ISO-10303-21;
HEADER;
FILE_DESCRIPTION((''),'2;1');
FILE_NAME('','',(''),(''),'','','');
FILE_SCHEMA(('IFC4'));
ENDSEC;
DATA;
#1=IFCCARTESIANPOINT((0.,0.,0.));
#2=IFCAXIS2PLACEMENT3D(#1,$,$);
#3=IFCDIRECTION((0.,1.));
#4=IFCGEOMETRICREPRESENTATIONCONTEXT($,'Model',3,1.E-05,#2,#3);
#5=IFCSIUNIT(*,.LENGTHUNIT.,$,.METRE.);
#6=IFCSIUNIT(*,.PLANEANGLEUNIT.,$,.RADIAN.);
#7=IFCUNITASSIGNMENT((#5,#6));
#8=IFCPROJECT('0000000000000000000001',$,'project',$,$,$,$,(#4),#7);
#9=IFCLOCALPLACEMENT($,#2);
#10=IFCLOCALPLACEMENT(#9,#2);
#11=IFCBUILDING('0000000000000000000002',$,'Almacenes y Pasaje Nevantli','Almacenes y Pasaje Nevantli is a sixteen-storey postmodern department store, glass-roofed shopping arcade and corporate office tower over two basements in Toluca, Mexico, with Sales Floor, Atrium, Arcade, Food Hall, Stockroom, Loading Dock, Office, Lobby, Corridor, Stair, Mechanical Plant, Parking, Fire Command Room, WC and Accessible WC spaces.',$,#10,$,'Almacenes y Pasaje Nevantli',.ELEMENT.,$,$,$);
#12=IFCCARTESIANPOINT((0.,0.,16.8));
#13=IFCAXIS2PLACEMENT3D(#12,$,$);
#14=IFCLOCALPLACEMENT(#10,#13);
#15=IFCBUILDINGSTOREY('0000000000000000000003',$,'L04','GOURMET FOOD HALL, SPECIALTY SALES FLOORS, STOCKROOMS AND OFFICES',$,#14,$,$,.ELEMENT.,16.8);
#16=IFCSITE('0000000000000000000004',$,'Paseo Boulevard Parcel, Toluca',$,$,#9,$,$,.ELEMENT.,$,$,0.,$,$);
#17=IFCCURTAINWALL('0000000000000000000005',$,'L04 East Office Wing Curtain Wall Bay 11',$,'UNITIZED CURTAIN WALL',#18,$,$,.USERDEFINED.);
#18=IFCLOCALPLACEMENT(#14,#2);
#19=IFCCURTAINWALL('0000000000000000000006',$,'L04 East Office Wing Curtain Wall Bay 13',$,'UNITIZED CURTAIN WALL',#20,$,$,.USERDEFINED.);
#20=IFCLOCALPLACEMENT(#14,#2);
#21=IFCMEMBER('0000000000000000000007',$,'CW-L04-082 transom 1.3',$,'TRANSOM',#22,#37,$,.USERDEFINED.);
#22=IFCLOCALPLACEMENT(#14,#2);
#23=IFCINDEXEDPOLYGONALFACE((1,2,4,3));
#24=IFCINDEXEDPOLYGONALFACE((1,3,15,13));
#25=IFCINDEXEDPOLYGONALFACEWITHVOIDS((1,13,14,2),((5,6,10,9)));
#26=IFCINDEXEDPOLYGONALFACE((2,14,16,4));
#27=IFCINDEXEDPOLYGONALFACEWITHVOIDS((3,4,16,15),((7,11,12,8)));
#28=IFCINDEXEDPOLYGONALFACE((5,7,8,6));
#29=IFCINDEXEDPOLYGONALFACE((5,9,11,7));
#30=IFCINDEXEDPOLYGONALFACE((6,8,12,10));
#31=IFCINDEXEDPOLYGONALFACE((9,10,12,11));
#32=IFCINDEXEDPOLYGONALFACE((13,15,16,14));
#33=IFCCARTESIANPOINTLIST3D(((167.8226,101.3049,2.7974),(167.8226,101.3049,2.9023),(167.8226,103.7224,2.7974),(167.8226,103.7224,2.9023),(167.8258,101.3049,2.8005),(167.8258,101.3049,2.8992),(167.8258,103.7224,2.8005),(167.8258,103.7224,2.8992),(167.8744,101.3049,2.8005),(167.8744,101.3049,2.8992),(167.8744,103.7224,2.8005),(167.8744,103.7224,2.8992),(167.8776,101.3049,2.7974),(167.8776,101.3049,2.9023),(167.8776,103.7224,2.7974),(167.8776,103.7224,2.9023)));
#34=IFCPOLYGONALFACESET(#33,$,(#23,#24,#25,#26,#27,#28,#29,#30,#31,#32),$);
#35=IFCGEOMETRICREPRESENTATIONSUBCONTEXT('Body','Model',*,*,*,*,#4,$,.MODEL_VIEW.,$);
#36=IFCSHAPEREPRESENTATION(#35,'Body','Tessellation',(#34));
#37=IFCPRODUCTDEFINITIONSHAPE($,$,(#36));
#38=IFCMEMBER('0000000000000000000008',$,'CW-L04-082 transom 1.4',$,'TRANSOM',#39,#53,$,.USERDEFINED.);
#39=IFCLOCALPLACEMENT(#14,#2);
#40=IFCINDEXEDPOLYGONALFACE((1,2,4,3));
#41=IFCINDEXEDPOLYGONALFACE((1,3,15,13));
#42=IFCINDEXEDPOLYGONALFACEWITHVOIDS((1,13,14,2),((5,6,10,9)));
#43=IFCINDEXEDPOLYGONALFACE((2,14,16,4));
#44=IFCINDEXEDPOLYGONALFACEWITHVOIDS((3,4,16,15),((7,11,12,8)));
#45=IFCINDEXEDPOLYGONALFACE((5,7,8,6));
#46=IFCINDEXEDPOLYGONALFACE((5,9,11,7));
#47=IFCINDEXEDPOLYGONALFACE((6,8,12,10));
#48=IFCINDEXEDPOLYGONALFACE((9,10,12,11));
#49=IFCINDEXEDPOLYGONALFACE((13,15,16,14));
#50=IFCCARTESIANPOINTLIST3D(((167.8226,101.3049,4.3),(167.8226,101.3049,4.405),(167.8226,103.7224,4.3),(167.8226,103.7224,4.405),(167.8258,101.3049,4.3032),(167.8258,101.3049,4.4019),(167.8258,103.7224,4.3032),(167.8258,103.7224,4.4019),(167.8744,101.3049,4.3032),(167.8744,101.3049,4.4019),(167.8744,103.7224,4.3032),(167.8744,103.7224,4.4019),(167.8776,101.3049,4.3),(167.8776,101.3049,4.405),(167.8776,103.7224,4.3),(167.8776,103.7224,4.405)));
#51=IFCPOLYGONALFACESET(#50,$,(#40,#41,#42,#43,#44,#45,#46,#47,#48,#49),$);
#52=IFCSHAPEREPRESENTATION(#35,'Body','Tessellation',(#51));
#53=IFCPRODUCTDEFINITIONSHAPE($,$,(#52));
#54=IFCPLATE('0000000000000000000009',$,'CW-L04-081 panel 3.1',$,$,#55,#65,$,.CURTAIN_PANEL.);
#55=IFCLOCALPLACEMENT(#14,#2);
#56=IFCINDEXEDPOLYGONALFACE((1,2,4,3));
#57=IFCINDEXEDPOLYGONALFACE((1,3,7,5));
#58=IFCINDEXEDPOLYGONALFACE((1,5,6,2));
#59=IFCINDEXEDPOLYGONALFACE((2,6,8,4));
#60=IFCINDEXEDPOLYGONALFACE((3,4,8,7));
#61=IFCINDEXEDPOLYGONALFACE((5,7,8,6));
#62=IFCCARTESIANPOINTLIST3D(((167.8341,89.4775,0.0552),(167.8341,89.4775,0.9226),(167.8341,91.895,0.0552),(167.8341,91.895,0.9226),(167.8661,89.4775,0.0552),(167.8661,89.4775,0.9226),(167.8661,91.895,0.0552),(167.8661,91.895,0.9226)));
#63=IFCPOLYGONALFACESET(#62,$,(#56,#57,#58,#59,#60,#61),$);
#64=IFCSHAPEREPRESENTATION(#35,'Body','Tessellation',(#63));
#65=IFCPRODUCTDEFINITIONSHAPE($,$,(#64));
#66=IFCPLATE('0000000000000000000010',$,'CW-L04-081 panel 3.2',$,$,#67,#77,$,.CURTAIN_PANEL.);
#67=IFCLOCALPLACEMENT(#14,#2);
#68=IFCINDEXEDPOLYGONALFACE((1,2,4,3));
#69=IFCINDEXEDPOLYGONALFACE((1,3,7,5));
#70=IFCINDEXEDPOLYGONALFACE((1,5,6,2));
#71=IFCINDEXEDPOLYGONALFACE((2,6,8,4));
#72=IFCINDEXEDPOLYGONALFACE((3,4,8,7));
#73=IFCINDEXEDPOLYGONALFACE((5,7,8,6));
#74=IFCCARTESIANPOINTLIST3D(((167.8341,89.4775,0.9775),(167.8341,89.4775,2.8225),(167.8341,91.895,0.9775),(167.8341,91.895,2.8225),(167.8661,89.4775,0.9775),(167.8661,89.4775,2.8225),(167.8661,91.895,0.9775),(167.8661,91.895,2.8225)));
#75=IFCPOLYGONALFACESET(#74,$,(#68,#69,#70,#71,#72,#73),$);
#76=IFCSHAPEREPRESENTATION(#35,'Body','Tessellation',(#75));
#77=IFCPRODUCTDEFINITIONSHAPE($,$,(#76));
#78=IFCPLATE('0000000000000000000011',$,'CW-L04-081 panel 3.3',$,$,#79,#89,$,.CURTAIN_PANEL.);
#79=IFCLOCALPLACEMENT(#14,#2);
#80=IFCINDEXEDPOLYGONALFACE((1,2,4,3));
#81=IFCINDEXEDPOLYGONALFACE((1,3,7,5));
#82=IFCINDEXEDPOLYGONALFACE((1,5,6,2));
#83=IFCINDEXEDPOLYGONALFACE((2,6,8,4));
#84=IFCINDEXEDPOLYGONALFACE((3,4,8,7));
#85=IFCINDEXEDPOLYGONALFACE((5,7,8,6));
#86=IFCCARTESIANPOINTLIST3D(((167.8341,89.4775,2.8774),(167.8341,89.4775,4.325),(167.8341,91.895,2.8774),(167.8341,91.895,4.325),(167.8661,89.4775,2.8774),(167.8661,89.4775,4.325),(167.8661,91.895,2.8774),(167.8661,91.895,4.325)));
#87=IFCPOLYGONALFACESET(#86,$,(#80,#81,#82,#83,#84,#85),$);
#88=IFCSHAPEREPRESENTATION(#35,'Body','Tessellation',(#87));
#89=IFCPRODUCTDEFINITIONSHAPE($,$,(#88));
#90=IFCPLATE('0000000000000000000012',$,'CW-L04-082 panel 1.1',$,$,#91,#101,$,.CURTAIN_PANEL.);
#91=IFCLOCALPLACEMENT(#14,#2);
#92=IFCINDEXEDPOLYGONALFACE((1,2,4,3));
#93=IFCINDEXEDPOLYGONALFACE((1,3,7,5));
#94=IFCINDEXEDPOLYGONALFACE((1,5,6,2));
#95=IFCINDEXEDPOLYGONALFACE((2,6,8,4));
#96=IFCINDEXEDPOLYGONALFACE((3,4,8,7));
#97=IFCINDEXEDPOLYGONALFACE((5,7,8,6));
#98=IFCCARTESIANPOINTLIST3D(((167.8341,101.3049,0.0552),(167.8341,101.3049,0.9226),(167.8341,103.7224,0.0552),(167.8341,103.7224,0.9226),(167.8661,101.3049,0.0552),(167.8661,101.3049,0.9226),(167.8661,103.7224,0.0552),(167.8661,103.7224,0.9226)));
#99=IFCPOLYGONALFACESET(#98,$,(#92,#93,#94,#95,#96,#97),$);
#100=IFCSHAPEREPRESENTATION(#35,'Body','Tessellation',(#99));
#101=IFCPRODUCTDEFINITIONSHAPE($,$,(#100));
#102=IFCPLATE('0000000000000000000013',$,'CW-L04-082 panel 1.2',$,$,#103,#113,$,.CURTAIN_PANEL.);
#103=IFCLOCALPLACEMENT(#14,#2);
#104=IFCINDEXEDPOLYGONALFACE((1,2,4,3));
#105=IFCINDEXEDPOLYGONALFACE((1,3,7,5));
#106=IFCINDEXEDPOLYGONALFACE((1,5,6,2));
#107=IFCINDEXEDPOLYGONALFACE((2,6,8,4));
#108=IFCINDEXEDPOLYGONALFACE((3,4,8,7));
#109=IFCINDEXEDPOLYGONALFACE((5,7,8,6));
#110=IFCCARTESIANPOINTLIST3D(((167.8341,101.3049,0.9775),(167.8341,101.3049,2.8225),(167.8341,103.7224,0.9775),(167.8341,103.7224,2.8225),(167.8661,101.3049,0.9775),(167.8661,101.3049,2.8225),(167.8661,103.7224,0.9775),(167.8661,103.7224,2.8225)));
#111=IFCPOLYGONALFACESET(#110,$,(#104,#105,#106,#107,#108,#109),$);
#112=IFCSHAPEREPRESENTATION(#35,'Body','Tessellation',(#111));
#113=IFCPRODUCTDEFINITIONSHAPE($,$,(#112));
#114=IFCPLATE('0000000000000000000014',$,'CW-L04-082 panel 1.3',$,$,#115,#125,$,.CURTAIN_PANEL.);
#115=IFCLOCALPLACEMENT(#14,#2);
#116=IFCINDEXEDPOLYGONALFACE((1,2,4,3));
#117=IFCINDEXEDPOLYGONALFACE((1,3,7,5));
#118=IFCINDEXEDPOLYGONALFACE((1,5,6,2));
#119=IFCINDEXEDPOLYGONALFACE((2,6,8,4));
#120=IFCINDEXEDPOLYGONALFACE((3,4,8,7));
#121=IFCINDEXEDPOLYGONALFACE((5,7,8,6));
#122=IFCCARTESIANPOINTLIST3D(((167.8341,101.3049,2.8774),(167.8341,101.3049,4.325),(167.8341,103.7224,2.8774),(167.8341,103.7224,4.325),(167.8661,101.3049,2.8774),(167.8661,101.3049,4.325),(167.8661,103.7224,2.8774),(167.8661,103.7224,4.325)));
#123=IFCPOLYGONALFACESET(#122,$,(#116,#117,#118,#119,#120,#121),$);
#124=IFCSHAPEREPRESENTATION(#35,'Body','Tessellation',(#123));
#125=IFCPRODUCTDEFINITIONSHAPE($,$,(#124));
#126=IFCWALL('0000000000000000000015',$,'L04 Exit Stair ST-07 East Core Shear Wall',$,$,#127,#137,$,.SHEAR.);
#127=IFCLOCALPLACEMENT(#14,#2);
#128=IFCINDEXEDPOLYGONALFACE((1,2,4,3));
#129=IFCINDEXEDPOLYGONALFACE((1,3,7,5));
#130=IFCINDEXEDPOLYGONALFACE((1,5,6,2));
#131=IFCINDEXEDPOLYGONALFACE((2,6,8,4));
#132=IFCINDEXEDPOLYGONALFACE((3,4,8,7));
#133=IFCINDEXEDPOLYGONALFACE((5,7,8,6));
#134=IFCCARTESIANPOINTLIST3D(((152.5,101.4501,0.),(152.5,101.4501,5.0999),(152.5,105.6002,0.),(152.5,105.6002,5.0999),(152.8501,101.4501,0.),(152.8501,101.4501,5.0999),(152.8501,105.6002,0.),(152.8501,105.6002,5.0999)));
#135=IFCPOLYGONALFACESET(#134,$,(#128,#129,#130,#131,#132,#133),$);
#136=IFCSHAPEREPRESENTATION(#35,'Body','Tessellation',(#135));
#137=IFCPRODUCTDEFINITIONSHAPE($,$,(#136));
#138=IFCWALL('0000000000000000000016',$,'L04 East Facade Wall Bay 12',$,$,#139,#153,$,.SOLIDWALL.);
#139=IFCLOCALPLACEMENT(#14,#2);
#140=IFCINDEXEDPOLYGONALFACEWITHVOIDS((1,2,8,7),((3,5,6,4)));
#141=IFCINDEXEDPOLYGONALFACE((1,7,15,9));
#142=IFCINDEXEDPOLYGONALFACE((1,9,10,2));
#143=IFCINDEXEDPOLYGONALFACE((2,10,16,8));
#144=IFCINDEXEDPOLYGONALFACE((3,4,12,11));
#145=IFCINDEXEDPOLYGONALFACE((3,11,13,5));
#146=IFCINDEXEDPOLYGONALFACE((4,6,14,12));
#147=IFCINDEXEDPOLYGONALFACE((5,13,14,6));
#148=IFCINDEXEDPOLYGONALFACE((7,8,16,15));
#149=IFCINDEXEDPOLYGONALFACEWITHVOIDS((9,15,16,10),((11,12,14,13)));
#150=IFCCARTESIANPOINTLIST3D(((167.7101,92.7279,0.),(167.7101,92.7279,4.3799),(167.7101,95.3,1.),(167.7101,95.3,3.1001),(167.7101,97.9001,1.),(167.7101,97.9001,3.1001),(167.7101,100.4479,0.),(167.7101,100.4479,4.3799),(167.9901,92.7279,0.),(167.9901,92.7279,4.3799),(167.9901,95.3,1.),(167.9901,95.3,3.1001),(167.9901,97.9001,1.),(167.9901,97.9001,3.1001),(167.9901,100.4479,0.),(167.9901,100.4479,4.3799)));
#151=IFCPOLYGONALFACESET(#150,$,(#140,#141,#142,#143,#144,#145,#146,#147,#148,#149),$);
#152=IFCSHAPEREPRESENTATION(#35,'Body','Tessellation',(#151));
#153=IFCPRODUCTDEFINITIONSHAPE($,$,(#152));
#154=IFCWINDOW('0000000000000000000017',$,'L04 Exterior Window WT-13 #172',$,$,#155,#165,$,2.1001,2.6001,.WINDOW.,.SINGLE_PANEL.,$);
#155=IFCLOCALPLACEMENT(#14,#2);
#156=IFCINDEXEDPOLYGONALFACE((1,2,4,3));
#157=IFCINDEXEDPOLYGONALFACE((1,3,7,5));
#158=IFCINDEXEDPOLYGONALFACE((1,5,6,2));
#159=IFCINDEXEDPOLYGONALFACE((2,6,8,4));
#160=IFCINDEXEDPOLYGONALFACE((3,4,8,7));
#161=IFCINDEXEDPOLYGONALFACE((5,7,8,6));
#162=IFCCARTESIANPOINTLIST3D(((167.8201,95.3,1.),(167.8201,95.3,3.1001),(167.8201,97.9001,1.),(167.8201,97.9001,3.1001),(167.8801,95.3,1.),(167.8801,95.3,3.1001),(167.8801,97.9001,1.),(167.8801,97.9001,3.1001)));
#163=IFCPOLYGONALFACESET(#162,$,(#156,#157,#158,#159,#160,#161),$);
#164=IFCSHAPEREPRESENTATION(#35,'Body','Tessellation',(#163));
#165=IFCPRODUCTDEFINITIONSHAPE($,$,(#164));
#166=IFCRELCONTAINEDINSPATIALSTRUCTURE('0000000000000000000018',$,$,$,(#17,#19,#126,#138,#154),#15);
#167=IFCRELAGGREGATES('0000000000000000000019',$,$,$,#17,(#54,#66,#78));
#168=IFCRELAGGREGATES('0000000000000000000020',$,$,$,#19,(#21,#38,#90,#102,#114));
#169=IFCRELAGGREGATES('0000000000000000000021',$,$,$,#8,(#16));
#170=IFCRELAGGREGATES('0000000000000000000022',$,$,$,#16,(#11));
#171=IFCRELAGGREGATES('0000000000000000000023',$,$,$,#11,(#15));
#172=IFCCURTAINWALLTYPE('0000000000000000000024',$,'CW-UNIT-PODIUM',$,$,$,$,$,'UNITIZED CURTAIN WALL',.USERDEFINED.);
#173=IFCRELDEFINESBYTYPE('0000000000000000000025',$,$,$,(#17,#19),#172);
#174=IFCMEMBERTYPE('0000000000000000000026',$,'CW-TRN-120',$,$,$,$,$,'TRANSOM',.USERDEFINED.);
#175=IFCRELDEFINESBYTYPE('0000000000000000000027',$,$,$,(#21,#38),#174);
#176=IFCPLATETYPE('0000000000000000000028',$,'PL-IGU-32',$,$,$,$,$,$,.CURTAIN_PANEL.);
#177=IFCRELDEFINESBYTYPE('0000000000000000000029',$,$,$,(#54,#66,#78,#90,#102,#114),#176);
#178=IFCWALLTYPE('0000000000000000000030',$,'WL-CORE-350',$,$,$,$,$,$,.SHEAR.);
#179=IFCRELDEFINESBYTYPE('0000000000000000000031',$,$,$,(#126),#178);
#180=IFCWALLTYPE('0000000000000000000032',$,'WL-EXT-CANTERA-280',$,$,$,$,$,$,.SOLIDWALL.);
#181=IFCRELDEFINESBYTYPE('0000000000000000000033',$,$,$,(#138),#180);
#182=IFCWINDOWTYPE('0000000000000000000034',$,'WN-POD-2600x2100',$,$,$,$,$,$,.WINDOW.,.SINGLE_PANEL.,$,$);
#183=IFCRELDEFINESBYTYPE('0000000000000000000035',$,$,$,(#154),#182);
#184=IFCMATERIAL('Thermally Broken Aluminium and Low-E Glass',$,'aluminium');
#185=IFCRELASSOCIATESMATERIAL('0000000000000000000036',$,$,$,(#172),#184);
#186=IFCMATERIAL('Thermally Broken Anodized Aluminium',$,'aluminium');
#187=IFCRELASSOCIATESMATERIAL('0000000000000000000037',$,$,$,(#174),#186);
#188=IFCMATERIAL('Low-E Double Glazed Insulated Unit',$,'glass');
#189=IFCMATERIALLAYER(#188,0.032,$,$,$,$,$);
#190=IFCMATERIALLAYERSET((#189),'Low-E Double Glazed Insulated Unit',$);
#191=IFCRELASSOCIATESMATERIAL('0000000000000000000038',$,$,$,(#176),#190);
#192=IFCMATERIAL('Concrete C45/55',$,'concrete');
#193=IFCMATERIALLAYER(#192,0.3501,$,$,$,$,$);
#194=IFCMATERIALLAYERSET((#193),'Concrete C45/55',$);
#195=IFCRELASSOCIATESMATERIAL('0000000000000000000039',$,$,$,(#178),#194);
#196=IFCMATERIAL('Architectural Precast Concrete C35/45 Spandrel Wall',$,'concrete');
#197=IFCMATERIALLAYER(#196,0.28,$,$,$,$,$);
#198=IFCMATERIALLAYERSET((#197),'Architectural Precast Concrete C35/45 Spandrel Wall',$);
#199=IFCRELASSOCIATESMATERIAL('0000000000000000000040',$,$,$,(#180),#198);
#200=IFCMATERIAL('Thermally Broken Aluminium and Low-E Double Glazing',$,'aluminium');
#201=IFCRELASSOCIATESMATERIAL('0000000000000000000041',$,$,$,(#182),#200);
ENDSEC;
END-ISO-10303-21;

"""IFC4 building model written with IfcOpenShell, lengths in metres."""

from ifc_helpers import new_model, si_unit, direction, frame, frame_2d, origin, origin_2d, place, context, subcontext, project, spatial, rectangle, hollow_rectangle, extrude, material, layer, layer_set, material_profile, profile_set, type_object, element, fill, aggregate, save


model = new_model("IFC4")

# Units and contexts
model_context = context("Model", 3, precision=1e-05, world=origin(), true_north=direction((0.0, 1.0)))
body_context = subcontext(model_context, "Body", "Model", "MODEL_VIEW")
ifc_project = project(units=[si_unit("LENGTHUNIT", "METRE"), si_unit("PLANEANGLEUNIT", "RADIAN")], contexts=[model_context])

# Site, building, storey
site_placement = place(None, origin())
site = spatial("IfcSite", under=ifc_project, at=site_placement, Name="Paseo Boulevard Parcel, Toluca", CompositionType="ELEMENT", RefElevation=0.0)
building_placement = place(site_placement, origin())
building = spatial("IfcBuilding", under=site, at=building_placement, Name="Almacenes y Pasaje Nevantli", Description="Almacenes y Pasaje Nevantli is a sixteen-storey postmodern department store, glass-roofed shopping arcade and corporate office tower over two basements in Toluca, Mexico, with Sales Floor, Atrium, Arcade, Food Hall, Stockroom, Loading Dock, Office, Lobby, Corridor, Stair, Mechanical Plant, Parking, Fire Command Room, WC and Accessible WC spaces.", LongName="Almacenes y Pasaje Nevantli", CompositionType="ELEMENT")
storey_placement = place(building_placement, frame((0.0, 0.0, 16.8)))
storey = spatial("IfcBuildingStorey", under=building, at=storey_placement, Name="L04", Description="GOURMET FOOD HALL, SPECIALTY SALES FLOORS, STOCKROOMS AND OFFICES", CompositionType="ELEMENT", Elevation=16.8)

# Curtain walls
ifc_material_1 = material(Name="Thermally Broken Aluminium and Low-E Glass", Category="aluminium")
curtain_wall_type = type_object("IfcCurtainWallType", Name="CW-UNIT-PODIUM", ElementType="UNITIZED CURTAIN WALL", PredefinedType="USERDEFINED", material=ifc_material_1)
curtain_wall_1_placement = place(storey_placement, origin())
curtain_wall_1 = element("IfcCurtainWall", 1, at=curtain_wall_1_placement, inside=storey, type_object=curtain_wall_type, Name="L04 East Office Wing Curtain Wall Bay 11", ObjectType="UNITIZED CURTAIN WALL", PredefinedType="USERDEFINED")
curtain_wall_2_placement = place(storey_placement, origin())
curtain_wall_2 = element("IfcCurtainWall", 2, at=curtain_wall_2_placement, inside=storey, type_object=curtain_wall_type, Name="L04 East Office Wing Curtain Wall Bay 13", ObjectType="UNITIZED CURTAIN WALL", PredefinedType="USERDEFINED")

# Members
ifc_material_2 = material(Name="Thermally Broken Anodized Aluminium", Category="aluminium")
ifc_material_profile_1 = material_profile(ifc_material_2, hollow_rectangle(XDim=0.0549, YDim=0.105, WallThickness=0.0032, at=origin_2d()), Name="ALU-TRN-55x105")
ifc_profile_set_1 = profile_set([ifc_material_profile_1], Name="Thermally Broken Anodized Aluminium")
member_type_1 = type_object("IfcMemberType", Name="CW-TRN-120", ElementType="TRANSOM", PredefinedType="USERDEFINED", material=ifc_profile_set_1)
member_1_placement = place(storey_placement, frame((167.8501, 101.3049, 2.8499), z_axis=(0.0, 1.0, 0.0), x_axis=(-1.0, 0.0, 0.0)))
member_1 = element("IfcMember", 3, at=member_1_placement, type_object=member_type_1, Name="CW-L04-082 transom 1.3", ObjectType="TRANSOM", PredefinedType="USERDEFINED", context=body_context, shape_type="SweptSolid", body=[
    extrude(hollow_rectangle(XDim=0.0549, YDim=0.105, WallThickness=0.0032, at=origin_2d()), origin(), (0.0, 0.0, 1.0), 2.4175),
])
member_2_placement = place(storey_placement, frame((167.8501, 101.3049, 4.3525), z_axis=(0.0, 1.0, 0.0), x_axis=(-1.0, 0.0, 0.0)))
member_2 = element("IfcMember", 4, at=member_2_placement, type_object=member_type_1, Name="CW-L04-082 transom 1.4", ObjectType="TRANSOM", PredefinedType="USERDEFINED", context=body_context, shape_type="SweptSolid", body=[
    extrude(hollow_rectangle(XDim=0.0549, YDim=0.105, WallThickness=0.0032, at=origin_2d()), origin(), (0.0, 0.0, 1.0), 2.4175),
])

# Plates
ifc_material_3 = material(Name="Low-E Double Glazed Insulated Unit", Category="glass")
ifc_layer_1 = layer(ifc_material_3, 0.032)
ifc_layer_set_1 = layer_set([ifc_layer_1], Name="Low-E Double Glazed Insulated Unit")
plate_type = type_object("IfcPlateType", Name="PL-IGU-32", PredefinedType="CURTAIN_PANEL", material=ifc_layer_set_1)
plate_1_placement = place(storey_placement, frame((167.8501, 90.6863, 0.0552), z_axis=(0.0, 0.0, 1.0), x_axis=(0.0, 1.0, 0.0)))
plate_1 = element("IfcPlate", 5, at=plate_1_placement, type_object=plate_type, Name="CW-L04-081 panel 3.1", PredefinedType="CURTAIN_PANEL", context=body_context, shape_type="SweptSolid", body=[
    extrude(rectangle(XDim=2.4175, YDim=0.032, at=origin_2d()), origin(), (0.0, 0.0, 1.0), 0.8674),
])
plate_2_placement = place(storey_placement, frame((167.8501, 90.6863, 0.9775), z_axis=(0.0, 0.0, 1.0), x_axis=(0.0, 1.0, 0.0)))
plate_2 = element("IfcPlate", 6, at=plate_2_placement, type_object=plate_type, Name="CW-L04-081 panel 3.2", PredefinedType="CURTAIN_PANEL", context=body_context, shape_type="SweptSolid", body=[
    extrude(rectangle(XDim=2.4175, YDim=0.032, at=origin_2d()), origin(), (0.0, 0.0, 1.0), 1.845),
])
plate_3_placement = place(storey_placement, frame((167.8501, 90.6863, 2.8774), z_axis=(0.0, 0.0, 1.0), x_axis=(0.0, 1.0, 0.0)))
plate_3 = element("IfcPlate", 7, at=plate_3_placement, type_object=plate_type, Name="CW-L04-081 panel 3.3", PredefinedType="CURTAIN_PANEL", context=body_context, shape_type="SweptSolid", body=[
    extrude(rectangle(XDim=2.4175, YDim=0.032, at=origin_2d()), origin(), (0.0, 0.0, 1.0), 1.4475),
])
aggregate(curtain_wall_1, [plate_1, plate_2, plate_3])
plate_4_placement = place(storey_placement, frame((167.8501, 102.5137, 0.0552), z_axis=(0.0, 0.0, 1.0), x_axis=(0.0, 1.0, 0.0)))
plate_4 = element("IfcPlate", 8, at=plate_4_placement, type_object=plate_type, Name="CW-L04-082 panel 1.1", PredefinedType="CURTAIN_PANEL", context=body_context, shape_type="SweptSolid", body=[
    extrude(rectangle(XDim=2.4175, YDim=0.032, at=origin_2d()), origin(), (0.0, 0.0, 1.0), 0.8674),
])
plate_5_placement = place(storey_placement, frame((167.8501, 102.5137, 0.9775), z_axis=(0.0, 0.0, 1.0), x_axis=(0.0, 1.0, 0.0)))
plate_5 = element("IfcPlate", 9, at=plate_5_placement, type_object=plate_type, Name="CW-L04-082 panel 1.2", PredefinedType="CURTAIN_PANEL", context=body_context, shape_type="SweptSolid", body=[
    extrude(rectangle(XDim=2.4175, YDim=0.032, at=origin_2d()), origin(), (0.0, 0.0, 1.0), 1.845),
])
plate_6_placement = place(storey_placement, frame((167.8501, 102.5137, 2.8774), z_axis=(0.0, 0.0, 1.0), x_axis=(0.0, 1.0, 0.0)))
plate_6 = element("IfcPlate", 10, at=plate_6_placement, type_object=plate_type, Name="CW-L04-082 panel 1.3", PredefinedType="CURTAIN_PANEL", context=body_context, shape_type="SweptSolid", body=[
    extrude(rectangle(XDim=2.4175, YDim=0.032, at=origin_2d()), origin(), (0.0, 0.0, 1.0), 1.4475),
])
aggregate(curtain_wall_2, [member_1, member_2, plate_4, plate_5, plate_6])

# Wall
ifc_material_4 = material(Name="Concrete C45/55", Category="concrete")
ifc_layer_2 = layer(ifc_material_4, 0.3501)
ifc_layer_set_2 = layer_set([ifc_layer_2], Name="Concrete C45/55")
wall_type_1 = type_object("IfcWallType", Name="WL-CORE-350", PredefinedType="SHEAR", material=ifc_layer_set_2)
wall_1_placement = place(storey_placement, frame((152.675, 101.45, 0.0), z_axis=(0.0, 0.0, 1.0), x_axis=(0.0, 1.0, 0.0)))
element("IfcWall", 11, at=wall_1_placement, inside=storey, type_object=wall_type_1, Name="L04 Exit Stair ST-07 East Core Shear Wall", PredefinedType="SHEAR", context=body_context, shape_type="SweptSolid", body=[
    extrude(rectangle(XDim=4.1501, YDim=0.3501, at=frame_2d((2.0752, 0.0))), origin(), (0.0, 0.0, 1.0), 5.0999),
])

# Wall, opening, window
ifc_material_5 = material(Name="Architectural Precast Concrete C35/45 Spandrel Wall", Category="concrete")
ifc_layer_3 = layer(ifc_material_5, 0.28)
ifc_layer_set_3 = layer_set([ifc_layer_3], Name="Architectural Precast Concrete C35/45 Spandrel Wall")
wall_type_2 = type_object("IfcWallType", Name="WL-EXT-CANTERA-280", PredefinedType="SOLIDWALL", material=ifc_layer_set_3)
wall_2_placement = place(storey_placement, frame((167.8501, 92.728, 0.0), z_axis=(0.0, 0.0, 1.0), x_axis=(0.0, 1.0, 0.0)))
wall_2 = element("IfcWall", 12, at=wall_2_placement, inside=storey, type_object=wall_type_2, Name="L04 East Facade Wall Bay 12", PredefinedType="SOLIDWALL", context=body_context, shape_type="SweptSolid", body=[
    extrude(rectangle(XDim=7.72, YDim=0.28, at=frame_2d((3.8599, 0.0))), origin(), (0.0, 0.0, 1.0), 4.3799),
])
opening_placement = place(wall_2_placement, frame((2.572, 0.0, 1.0)))
opening = element("IfcOpeningElement", 13, at=opening_placement, cuts=wall_2, PredefinedType="OPENING", context=body_context, shape_type="SweptSolid", body=[
    extrude(rectangle(XDim=2.6001, YDim=2.1001, at=frame_2d((1.3, 1.05))), frame((0.0, 0.1499, 0.0), z_axis=(0.0, -1.0, 0.0), x_axis=(1.0, 0.0, 0.0)), (0.0, 0.0, 1.0), 0.3),
])
ifc_material_6 = material(Name="Thermally Broken Aluminium and Low-E Double Glazing", Category="aluminium")
window_type = type_object("IfcWindowType", Name="WN-POD-2600x2100", PartitioningType="SINGLE_PANEL", PredefinedType="WINDOW", material=ifc_material_6)
window_placement = place(opening_placement, origin())
window = element("IfcWindow", 14, at=window_placement, inside=storey, type_object=window_type, Name="L04 Exterior Window WT-13 #172", OverallHeight=2.1001, OverallWidth=2.6001, PartitioningType="SINGLE_PANEL", PredefinedType="WINDOW", context=body_context, shape_type="SweptSolid", body=[
    extrude(rectangle(XDim=2.6001, YDim=2.1001, at=frame_2d((1.3, 1.05))), frame((0.0, 0.03, 0.0), z_axis=(0.0, -1.0, 0.0), x_axis=(1.0, 0.0, 0.0)), (0.0, 0.0, 1.0), 0.0601),
])
fill(opening, window)

save(model, "model.ifc")
